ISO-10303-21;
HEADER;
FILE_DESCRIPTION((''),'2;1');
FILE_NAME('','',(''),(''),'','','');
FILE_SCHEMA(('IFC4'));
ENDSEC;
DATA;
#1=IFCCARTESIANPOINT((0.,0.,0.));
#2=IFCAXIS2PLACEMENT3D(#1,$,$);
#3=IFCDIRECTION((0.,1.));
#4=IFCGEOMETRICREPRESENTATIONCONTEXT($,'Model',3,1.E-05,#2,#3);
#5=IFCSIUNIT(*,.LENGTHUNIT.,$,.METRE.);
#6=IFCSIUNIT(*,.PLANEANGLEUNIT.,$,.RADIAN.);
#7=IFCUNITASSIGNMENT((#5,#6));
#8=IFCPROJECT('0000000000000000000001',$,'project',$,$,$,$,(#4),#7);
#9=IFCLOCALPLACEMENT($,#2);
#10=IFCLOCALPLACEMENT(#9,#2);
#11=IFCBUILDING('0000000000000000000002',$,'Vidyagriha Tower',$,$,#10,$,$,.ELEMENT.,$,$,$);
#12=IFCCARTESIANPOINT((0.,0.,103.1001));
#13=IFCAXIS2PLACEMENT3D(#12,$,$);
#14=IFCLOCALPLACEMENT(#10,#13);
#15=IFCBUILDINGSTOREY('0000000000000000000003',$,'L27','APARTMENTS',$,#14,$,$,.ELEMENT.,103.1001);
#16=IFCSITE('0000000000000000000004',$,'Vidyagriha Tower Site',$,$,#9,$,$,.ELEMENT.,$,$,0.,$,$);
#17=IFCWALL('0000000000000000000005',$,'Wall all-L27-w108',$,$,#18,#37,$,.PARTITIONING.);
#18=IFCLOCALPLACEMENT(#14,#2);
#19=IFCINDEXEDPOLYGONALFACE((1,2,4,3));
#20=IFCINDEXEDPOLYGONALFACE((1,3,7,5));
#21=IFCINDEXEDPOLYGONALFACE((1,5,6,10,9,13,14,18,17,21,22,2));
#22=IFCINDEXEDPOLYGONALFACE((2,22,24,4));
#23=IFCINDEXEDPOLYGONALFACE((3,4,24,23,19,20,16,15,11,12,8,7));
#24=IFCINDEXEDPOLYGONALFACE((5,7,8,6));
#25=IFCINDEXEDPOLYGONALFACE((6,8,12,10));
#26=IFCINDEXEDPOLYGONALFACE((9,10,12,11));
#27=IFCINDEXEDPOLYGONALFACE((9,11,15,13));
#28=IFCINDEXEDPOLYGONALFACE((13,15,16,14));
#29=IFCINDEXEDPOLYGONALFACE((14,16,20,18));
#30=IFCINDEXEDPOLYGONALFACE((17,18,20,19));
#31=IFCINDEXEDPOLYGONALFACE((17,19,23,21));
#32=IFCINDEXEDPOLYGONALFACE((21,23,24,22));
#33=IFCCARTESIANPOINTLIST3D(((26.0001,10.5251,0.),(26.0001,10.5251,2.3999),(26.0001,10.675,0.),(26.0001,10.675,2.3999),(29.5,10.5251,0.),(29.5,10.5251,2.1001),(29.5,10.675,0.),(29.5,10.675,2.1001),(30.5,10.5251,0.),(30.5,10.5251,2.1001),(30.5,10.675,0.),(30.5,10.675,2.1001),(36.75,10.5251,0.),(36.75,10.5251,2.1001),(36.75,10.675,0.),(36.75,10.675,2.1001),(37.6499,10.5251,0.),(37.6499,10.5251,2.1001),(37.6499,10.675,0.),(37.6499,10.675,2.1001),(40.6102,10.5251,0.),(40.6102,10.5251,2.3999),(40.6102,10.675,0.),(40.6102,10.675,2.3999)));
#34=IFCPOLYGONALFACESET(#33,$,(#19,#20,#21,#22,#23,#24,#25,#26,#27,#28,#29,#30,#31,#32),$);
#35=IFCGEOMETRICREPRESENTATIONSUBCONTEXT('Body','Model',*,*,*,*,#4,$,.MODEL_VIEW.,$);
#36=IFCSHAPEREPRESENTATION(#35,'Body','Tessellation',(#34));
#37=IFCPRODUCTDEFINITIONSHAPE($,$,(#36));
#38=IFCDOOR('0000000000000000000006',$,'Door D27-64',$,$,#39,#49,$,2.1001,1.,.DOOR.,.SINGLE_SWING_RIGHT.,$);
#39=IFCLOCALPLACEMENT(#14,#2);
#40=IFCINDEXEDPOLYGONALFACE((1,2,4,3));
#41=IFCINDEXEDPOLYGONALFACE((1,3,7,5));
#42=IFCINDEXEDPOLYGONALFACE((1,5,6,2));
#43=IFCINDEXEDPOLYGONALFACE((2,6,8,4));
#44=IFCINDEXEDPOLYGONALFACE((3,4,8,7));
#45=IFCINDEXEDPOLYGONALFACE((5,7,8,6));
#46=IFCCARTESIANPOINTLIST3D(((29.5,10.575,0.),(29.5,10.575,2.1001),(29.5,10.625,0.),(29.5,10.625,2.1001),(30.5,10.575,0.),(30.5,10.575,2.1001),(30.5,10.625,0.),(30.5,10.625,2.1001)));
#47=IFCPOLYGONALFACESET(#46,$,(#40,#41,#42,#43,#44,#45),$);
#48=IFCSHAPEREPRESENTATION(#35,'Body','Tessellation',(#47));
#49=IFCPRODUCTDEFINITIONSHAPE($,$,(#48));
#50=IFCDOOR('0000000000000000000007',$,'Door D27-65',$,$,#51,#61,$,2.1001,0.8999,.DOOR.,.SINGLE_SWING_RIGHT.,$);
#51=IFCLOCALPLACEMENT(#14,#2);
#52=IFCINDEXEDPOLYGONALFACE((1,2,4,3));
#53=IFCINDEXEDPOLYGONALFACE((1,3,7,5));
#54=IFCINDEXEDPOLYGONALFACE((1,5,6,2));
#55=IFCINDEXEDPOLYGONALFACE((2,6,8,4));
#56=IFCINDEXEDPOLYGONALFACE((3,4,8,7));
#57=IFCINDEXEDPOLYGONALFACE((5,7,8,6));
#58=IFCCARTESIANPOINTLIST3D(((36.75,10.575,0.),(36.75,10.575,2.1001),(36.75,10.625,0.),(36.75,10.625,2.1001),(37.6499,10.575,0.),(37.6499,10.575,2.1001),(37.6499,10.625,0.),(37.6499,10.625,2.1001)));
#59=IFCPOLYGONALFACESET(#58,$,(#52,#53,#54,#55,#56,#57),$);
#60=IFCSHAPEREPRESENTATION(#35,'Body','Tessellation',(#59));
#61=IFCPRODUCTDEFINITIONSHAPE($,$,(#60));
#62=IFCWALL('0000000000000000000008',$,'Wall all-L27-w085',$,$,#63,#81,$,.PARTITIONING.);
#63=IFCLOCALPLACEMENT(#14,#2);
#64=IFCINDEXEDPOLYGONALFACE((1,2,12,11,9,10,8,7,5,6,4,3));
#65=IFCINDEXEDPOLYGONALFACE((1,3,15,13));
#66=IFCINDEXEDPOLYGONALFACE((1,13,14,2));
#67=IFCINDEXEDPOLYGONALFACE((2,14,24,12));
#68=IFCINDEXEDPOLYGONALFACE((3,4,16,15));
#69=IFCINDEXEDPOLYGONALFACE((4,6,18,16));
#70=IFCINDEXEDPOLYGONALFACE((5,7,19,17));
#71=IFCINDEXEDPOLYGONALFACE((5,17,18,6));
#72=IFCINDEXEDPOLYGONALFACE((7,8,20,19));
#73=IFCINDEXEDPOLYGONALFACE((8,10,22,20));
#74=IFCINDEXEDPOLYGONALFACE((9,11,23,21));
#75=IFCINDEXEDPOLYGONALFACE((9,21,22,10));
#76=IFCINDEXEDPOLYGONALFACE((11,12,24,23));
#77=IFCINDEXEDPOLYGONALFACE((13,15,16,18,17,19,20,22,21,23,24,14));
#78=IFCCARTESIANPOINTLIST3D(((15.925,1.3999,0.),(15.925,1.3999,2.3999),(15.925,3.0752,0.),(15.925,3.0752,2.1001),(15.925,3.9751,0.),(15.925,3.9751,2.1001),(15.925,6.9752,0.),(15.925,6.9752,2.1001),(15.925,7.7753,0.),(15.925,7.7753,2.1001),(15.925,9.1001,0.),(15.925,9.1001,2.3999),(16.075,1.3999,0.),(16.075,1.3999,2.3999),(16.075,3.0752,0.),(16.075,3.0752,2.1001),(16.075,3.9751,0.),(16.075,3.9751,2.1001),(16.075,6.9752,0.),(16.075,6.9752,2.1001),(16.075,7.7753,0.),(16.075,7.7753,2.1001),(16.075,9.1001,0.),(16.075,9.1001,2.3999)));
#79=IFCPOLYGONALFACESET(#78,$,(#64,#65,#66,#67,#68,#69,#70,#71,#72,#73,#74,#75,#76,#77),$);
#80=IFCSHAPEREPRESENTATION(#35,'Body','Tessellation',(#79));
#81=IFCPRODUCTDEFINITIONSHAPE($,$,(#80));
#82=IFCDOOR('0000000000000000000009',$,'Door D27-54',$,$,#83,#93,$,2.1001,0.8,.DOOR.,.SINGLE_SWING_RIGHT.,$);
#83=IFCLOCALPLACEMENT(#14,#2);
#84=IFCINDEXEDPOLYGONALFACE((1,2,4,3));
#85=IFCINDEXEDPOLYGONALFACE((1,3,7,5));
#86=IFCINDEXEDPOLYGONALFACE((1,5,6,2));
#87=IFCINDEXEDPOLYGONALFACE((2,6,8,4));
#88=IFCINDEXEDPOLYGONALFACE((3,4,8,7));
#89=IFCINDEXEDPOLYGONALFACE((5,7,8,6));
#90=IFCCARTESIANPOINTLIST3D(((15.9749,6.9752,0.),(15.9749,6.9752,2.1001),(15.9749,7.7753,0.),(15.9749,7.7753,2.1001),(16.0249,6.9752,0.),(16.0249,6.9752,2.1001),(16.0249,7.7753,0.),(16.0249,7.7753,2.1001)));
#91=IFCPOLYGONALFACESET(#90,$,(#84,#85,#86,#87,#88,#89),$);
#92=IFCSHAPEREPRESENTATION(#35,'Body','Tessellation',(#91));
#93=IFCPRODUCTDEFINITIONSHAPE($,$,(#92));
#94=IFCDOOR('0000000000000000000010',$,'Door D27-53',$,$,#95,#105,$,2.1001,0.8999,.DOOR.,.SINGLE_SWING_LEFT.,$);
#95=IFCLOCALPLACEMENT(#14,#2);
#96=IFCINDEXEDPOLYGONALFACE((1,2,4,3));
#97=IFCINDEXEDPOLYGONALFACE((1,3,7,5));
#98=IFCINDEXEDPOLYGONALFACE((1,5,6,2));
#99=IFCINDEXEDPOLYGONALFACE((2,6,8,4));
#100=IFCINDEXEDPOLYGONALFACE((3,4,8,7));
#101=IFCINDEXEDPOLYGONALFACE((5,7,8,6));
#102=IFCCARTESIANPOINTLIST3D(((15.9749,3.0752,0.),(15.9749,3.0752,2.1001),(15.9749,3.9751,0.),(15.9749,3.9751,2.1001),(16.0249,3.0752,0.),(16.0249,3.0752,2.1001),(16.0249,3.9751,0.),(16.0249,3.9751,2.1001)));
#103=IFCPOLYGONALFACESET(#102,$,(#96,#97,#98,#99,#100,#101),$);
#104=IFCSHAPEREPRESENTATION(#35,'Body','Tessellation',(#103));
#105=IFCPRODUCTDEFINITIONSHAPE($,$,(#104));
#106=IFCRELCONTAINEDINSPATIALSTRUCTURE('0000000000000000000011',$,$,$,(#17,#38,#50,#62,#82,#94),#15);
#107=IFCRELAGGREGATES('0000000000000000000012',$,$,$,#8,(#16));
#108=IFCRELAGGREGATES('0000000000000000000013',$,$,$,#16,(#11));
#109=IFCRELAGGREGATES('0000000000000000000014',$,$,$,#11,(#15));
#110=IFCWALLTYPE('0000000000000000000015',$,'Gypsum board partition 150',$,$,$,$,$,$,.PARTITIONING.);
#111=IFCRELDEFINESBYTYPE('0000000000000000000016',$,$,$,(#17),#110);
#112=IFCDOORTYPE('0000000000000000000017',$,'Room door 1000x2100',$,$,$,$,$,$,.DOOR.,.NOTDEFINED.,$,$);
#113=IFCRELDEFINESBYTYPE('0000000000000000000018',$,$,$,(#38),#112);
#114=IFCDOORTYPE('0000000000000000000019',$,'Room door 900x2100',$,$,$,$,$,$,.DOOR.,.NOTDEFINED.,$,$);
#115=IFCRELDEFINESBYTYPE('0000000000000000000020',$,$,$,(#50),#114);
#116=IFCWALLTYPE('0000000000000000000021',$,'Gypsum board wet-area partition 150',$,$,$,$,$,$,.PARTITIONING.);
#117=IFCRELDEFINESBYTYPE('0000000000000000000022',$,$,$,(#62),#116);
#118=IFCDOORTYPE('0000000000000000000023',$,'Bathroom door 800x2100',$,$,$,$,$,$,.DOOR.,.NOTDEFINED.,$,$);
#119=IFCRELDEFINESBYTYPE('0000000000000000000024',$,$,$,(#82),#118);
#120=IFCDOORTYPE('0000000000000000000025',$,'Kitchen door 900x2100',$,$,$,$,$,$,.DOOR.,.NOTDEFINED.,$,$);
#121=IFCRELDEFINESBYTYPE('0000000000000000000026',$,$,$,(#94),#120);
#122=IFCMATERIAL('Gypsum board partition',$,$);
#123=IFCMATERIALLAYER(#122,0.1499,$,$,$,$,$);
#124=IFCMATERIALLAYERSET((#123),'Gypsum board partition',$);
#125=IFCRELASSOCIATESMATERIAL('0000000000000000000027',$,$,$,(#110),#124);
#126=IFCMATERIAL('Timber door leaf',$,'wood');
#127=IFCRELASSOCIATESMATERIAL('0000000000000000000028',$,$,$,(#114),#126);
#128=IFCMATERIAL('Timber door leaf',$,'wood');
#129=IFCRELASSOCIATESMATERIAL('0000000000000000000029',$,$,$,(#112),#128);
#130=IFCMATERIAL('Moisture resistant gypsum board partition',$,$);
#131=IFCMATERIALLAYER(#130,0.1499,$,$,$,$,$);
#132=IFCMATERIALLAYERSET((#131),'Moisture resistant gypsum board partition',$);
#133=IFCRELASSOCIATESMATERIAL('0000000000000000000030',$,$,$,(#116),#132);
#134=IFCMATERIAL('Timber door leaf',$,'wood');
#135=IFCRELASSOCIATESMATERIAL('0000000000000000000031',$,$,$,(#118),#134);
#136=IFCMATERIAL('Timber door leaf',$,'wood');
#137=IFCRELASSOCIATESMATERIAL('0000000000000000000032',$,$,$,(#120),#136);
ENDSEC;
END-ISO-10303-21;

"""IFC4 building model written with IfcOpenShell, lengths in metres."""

from ifc_helpers import new_model, si_unit, direction, frame, frame_2d, origin, place, context, subcontext, project, spatial, rectangle, extrude, material, layer, layer_set, type_object, element, fill, save


model = new_model("IFC4")

# Units and contexts
model_context = context("Model", 3, precision=1e-05, world=origin(), true_north=direction((0.0, 1.0)))
body_context = subcontext(model_context, "Body", "Model", "MODEL_VIEW")
ifc_project = project(units=[si_unit("LENGTHUNIT", "METRE"), si_unit("PLANEANGLEUNIT", "RADIAN")], contexts=[model_context])

# Site, building, storey
site_placement = place(None, origin())
site = spatial("IfcSite", under=ifc_project, at=site_placement, Name="Vidyagriha Tower Site", CompositionType="ELEMENT", RefElevation=0.0)
building_placement = place(site_placement, origin())
building = spatial("IfcBuilding", under=site, at=building_placement, Name="Vidyagriha Tower", CompositionType="ELEMENT")
storey_placement = place(building_placement, frame((0.0, 0.0, 103.1001)))
storey = spatial("IfcBuildingStorey", under=building, at=storey_placement, Name="L27", Description="APARTMENTS", CompositionType="ELEMENT", Elevation=103.1001)

# Shared definitions
ifc_material_1 = material(Name="Gypsum board partition")
ifc_layer_1 = layer(ifc_material_1, 0.1499)
ifc_layer_set_1 = layer_set([ifc_layer_1], Name="Gypsum board partition")
wall_type_1 = type_object("IfcWallType", Name="Gypsum board partition 150", PredefinedType="PARTITIONING", material=ifc_layer_set_1)

# Shared definitions
ifc_material_2 = material(Name="Timber door leaf", Category="wood")
door_type_1 = type_object("IfcDoorType", Name="Room door 900x2100", OperationType="NOTDEFINED", PredefinedType="DOOR", material=ifc_material_2)

# Walls, openings, doors
wall_1_placement = place(storey_placement, frame((26.0, 10.6001, 0.0)))
wall_1 = element("IfcWall", 1, at=wall_1_placement, inside=storey, type_object=wall_type_1, Name="Wall all-L27-w108", PredefinedType="PARTITIONING", context=body_context, shape_type="SweptSolid", body=[
    extrude(rectangle(XDim=14.6101, YDim=0.1499, at=frame_2d((7.3052, 0.0))), origin(), (0.0, 0.0, 1.0), 2.3999),
])
opening_1_placement = place(wall_1_placement, frame((3.5, 0.0, 0.0)))
opening_1 = element("IfcOpeningElement", 2, at=opening_1_placement, cuts=wall_1, PredefinedType="OPENING", context=body_context, shape_type="SweptSolid", body=[
    extrude(rectangle(XDim=1.0, YDim=2.1001, at=frame_2d((0.5, 1.05))), frame((0.0, 0.085, 0.0), z_axis=(0.0, -1.0, 0.0), x_axis=(1.0, 0.0, 0.0)), (0.0, 0.0, 1.0), 0.1699),
])
opening_2_placement = place(wall_1_placement, frame((10.75, 0.0, 0.0)))
opening_2 = element("IfcOpeningElement", 3, at=opening_2_placement, cuts=wall_1, PredefinedType="OPENING", context=body_context, shape_type="SweptSolid", body=[
    extrude(rectangle(XDim=0.8999, YDim=2.1001, at=frame_2d((0.45, 1.05))), frame((0.0, 0.085, 0.0), z_axis=(0.0, -1.0, 0.0), x_axis=(1.0, 0.0, 0.0)), (0.0, 0.0, 1.0), 0.1699),
])
ifc_material_3 = material(Name="Timber door leaf", Category="wood")
door_type_2 = type_object("IfcDoorType", Name="Room door 1000x2100", OperationType="NOTDEFINED", PredefinedType="DOOR", material=ifc_material_3)
door_1_placement = place(opening_1_placement, origin())
door_1 = element("IfcDoor", 4, at=door_1_placement, inside=storey, type_object=door_type_2, Name="Door D27-64", OperationType="SINGLE_SWING_RIGHT", OverallHeight=2.1001, OverallWidth=1.0, PredefinedType="DOOR", context=body_context, shape_type="SweptSolid", body=[
    extrude(rectangle(XDim=1.0, YDim=2.1001, at=frame_2d((0.5, 1.05))), frame((0.0, 0.0249, 0.0), z_axis=(0.0, -1.0, 0.0), x_axis=(1.0, 0.0, 0.0)), (0.0, 0.0, 1.0), 0.05),
])
fill(opening_1, door_1)
door_2_placement = place(opening_2_placement, origin())
door_2 = element("IfcDoor", 5, at=door_2_placement, inside=storey, type_object=door_type_1, Name="Door D27-65", OperationType="SINGLE_SWING_RIGHT", OverallHeight=2.1001, OverallWidth=0.8999, PredefinedType="DOOR", context=body_context, shape_type="SweptSolid", body=[
    extrude(rectangle(XDim=0.8999, YDim=2.1001, at=frame_2d((0.45, 1.05))), frame((0.0, 0.0249, 0.0), z_axis=(0.0, -1.0, 0.0), x_axis=(1.0, 0.0, 0.0)), (0.0, 0.0, 1.0), 0.05),
])
fill(opening_2, door_2)
ifc_material_4 = material(Name="Moisture resistant gypsum board partition")
ifc_layer_2 = layer(ifc_material_4, 0.1499)
ifc_layer_set_2 = layer_set([ifc_layer_2], Name="Moisture resistant gypsum board partition")
wall_type_2 = type_object("IfcWallType", Name="Gypsum board wet-area partition 150", PredefinedType="PARTITIONING", material=ifc_layer_set_2)
wall_2_placement = place(storey_placement, frame((16.0, 9.1001, 0.0), z_axis=(0.0, 0.0, 1.0), x_axis=(0.0, -1.0, 0.0)))
wall_2 = element("IfcWall", 6, at=wall_2_placement, inside=storey, type_object=wall_type_2, Name="Wall all-L27-w085", PredefinedType="PARTITIONING", context=body_context, shape_type="SweptSolid", body=[
    extrude(rectangle(XDim=7.7002, YDim=0.1499, at=frame_2d((3.8501, 0.0))), origin(), (0.0, 0.0, 1.0), 2.3999),
])
opening_3_placement = place(wall_2_placement, frame((5.125, 0.0, 0.0)))
opening_3 = element("IfcOpeningElement", 7, at=opening_3_placement, cuts=wall_2, PredefinedType="OPENING", context=body_context, shape_type="SweptSolid", body=[
    extrude(rectangle(XDim=0.8999, YDim=2.1001, at=frame_2d((0.45, 1.05))), frame((0.0, 0.085, 0.0), z_axis=(0.0, -1.0, 0.0), x_axis=(1.0, 0.0, 0.0)), (0.0, 0.0, 1.0), 0.1699),
])
opening_4_placement = place(wall_2_placement, frame((1.325, 0.0, 0.0)))
opening_4 = element("IfcOpeningElement", 8, at=opening_4_placement, cuts=wall_2, PredefinedType="OPENING", context=body_context, shape_type="SweptSolid", body=[
    extrude(rectangle(XDim=0.8, YDim=2.1001, at=frame_2d((0.3999, 1.05))), frame((0.0, 0.085, 0.0), z_axis=(0.0, -1.0, 0.0), x_axis=(1.0, 0.0, 0.0)), (0.0, 0.0, 1.0), 0.1699),
])
ifc_material_5 = material(Name="Timber door leaf", Category="wood")
door_type_3 = type_object("IfcDoorType", Name="Bathroom door 800x2100", OperationType="NOTDEFINED", PredefinedType="DOOR", material=ifc_material_5)
door_3_placement = place(opening_4_placement, origin())
door_3 = element("IfcDoor", 9, at=door_3_placement, inside=storey, type_object=door_type_3, Name="Door D27-54", OperationType="SINGLE_SWING_RIGHT", OverallHeight=2.1001, OverallWidth=0.8, PredefinedType="DOOR", context=body_context, shape_type="SweptSolid", body=[
    extrude(rectangle(XDim=0.8, YDim=2.1001, at=frame_2d((0.3999, 1.05))), frame((0.0, 0.0249, 0.0), z_axis=(0.0, -1.0, 0.0), x_axis=(1.0, 0.0, 0.0)), (0.0, 0.0, 1.0), 0.05),
])
fill(opening_4, door_3)
ifc_material_6 = material(Name="Timber door leaf", Category="wood")
door_type_4 = type_object("IfcDoorType", Name="Kitchen door 900x2100", OperationType="NOTDEFINED", PredefinedType="DOOR", material=ifc_material_6)
door_4_placement = place(opening_3_placement, origin())
door_4 = element("IfcDoor", 10, at=door_4_placement, inside=storey, type_object=door_type_4, Name="Door D27-53", OperationType="SINGLE_SWING_LEFT", OverallHeight=2.1001, OverallWidth=0.8999, PredefinedType="DOOR", context=body_context, shape_type="SweptSolid", body=[
    extrude(rectangle(XDim=0.8999, YDim=2.1001, at=frame_2d((0.45, 1.05))), frame((0.0, 0.0249, 0.0), z_axis=(0.0, -1.0, 0.0), x_axis=(1.0, 0.0, 0.0)), (0.0, 0.0, 1.0), 0.05),
])
fill(opening_3, door_4)

save(model, "model.ifc")
